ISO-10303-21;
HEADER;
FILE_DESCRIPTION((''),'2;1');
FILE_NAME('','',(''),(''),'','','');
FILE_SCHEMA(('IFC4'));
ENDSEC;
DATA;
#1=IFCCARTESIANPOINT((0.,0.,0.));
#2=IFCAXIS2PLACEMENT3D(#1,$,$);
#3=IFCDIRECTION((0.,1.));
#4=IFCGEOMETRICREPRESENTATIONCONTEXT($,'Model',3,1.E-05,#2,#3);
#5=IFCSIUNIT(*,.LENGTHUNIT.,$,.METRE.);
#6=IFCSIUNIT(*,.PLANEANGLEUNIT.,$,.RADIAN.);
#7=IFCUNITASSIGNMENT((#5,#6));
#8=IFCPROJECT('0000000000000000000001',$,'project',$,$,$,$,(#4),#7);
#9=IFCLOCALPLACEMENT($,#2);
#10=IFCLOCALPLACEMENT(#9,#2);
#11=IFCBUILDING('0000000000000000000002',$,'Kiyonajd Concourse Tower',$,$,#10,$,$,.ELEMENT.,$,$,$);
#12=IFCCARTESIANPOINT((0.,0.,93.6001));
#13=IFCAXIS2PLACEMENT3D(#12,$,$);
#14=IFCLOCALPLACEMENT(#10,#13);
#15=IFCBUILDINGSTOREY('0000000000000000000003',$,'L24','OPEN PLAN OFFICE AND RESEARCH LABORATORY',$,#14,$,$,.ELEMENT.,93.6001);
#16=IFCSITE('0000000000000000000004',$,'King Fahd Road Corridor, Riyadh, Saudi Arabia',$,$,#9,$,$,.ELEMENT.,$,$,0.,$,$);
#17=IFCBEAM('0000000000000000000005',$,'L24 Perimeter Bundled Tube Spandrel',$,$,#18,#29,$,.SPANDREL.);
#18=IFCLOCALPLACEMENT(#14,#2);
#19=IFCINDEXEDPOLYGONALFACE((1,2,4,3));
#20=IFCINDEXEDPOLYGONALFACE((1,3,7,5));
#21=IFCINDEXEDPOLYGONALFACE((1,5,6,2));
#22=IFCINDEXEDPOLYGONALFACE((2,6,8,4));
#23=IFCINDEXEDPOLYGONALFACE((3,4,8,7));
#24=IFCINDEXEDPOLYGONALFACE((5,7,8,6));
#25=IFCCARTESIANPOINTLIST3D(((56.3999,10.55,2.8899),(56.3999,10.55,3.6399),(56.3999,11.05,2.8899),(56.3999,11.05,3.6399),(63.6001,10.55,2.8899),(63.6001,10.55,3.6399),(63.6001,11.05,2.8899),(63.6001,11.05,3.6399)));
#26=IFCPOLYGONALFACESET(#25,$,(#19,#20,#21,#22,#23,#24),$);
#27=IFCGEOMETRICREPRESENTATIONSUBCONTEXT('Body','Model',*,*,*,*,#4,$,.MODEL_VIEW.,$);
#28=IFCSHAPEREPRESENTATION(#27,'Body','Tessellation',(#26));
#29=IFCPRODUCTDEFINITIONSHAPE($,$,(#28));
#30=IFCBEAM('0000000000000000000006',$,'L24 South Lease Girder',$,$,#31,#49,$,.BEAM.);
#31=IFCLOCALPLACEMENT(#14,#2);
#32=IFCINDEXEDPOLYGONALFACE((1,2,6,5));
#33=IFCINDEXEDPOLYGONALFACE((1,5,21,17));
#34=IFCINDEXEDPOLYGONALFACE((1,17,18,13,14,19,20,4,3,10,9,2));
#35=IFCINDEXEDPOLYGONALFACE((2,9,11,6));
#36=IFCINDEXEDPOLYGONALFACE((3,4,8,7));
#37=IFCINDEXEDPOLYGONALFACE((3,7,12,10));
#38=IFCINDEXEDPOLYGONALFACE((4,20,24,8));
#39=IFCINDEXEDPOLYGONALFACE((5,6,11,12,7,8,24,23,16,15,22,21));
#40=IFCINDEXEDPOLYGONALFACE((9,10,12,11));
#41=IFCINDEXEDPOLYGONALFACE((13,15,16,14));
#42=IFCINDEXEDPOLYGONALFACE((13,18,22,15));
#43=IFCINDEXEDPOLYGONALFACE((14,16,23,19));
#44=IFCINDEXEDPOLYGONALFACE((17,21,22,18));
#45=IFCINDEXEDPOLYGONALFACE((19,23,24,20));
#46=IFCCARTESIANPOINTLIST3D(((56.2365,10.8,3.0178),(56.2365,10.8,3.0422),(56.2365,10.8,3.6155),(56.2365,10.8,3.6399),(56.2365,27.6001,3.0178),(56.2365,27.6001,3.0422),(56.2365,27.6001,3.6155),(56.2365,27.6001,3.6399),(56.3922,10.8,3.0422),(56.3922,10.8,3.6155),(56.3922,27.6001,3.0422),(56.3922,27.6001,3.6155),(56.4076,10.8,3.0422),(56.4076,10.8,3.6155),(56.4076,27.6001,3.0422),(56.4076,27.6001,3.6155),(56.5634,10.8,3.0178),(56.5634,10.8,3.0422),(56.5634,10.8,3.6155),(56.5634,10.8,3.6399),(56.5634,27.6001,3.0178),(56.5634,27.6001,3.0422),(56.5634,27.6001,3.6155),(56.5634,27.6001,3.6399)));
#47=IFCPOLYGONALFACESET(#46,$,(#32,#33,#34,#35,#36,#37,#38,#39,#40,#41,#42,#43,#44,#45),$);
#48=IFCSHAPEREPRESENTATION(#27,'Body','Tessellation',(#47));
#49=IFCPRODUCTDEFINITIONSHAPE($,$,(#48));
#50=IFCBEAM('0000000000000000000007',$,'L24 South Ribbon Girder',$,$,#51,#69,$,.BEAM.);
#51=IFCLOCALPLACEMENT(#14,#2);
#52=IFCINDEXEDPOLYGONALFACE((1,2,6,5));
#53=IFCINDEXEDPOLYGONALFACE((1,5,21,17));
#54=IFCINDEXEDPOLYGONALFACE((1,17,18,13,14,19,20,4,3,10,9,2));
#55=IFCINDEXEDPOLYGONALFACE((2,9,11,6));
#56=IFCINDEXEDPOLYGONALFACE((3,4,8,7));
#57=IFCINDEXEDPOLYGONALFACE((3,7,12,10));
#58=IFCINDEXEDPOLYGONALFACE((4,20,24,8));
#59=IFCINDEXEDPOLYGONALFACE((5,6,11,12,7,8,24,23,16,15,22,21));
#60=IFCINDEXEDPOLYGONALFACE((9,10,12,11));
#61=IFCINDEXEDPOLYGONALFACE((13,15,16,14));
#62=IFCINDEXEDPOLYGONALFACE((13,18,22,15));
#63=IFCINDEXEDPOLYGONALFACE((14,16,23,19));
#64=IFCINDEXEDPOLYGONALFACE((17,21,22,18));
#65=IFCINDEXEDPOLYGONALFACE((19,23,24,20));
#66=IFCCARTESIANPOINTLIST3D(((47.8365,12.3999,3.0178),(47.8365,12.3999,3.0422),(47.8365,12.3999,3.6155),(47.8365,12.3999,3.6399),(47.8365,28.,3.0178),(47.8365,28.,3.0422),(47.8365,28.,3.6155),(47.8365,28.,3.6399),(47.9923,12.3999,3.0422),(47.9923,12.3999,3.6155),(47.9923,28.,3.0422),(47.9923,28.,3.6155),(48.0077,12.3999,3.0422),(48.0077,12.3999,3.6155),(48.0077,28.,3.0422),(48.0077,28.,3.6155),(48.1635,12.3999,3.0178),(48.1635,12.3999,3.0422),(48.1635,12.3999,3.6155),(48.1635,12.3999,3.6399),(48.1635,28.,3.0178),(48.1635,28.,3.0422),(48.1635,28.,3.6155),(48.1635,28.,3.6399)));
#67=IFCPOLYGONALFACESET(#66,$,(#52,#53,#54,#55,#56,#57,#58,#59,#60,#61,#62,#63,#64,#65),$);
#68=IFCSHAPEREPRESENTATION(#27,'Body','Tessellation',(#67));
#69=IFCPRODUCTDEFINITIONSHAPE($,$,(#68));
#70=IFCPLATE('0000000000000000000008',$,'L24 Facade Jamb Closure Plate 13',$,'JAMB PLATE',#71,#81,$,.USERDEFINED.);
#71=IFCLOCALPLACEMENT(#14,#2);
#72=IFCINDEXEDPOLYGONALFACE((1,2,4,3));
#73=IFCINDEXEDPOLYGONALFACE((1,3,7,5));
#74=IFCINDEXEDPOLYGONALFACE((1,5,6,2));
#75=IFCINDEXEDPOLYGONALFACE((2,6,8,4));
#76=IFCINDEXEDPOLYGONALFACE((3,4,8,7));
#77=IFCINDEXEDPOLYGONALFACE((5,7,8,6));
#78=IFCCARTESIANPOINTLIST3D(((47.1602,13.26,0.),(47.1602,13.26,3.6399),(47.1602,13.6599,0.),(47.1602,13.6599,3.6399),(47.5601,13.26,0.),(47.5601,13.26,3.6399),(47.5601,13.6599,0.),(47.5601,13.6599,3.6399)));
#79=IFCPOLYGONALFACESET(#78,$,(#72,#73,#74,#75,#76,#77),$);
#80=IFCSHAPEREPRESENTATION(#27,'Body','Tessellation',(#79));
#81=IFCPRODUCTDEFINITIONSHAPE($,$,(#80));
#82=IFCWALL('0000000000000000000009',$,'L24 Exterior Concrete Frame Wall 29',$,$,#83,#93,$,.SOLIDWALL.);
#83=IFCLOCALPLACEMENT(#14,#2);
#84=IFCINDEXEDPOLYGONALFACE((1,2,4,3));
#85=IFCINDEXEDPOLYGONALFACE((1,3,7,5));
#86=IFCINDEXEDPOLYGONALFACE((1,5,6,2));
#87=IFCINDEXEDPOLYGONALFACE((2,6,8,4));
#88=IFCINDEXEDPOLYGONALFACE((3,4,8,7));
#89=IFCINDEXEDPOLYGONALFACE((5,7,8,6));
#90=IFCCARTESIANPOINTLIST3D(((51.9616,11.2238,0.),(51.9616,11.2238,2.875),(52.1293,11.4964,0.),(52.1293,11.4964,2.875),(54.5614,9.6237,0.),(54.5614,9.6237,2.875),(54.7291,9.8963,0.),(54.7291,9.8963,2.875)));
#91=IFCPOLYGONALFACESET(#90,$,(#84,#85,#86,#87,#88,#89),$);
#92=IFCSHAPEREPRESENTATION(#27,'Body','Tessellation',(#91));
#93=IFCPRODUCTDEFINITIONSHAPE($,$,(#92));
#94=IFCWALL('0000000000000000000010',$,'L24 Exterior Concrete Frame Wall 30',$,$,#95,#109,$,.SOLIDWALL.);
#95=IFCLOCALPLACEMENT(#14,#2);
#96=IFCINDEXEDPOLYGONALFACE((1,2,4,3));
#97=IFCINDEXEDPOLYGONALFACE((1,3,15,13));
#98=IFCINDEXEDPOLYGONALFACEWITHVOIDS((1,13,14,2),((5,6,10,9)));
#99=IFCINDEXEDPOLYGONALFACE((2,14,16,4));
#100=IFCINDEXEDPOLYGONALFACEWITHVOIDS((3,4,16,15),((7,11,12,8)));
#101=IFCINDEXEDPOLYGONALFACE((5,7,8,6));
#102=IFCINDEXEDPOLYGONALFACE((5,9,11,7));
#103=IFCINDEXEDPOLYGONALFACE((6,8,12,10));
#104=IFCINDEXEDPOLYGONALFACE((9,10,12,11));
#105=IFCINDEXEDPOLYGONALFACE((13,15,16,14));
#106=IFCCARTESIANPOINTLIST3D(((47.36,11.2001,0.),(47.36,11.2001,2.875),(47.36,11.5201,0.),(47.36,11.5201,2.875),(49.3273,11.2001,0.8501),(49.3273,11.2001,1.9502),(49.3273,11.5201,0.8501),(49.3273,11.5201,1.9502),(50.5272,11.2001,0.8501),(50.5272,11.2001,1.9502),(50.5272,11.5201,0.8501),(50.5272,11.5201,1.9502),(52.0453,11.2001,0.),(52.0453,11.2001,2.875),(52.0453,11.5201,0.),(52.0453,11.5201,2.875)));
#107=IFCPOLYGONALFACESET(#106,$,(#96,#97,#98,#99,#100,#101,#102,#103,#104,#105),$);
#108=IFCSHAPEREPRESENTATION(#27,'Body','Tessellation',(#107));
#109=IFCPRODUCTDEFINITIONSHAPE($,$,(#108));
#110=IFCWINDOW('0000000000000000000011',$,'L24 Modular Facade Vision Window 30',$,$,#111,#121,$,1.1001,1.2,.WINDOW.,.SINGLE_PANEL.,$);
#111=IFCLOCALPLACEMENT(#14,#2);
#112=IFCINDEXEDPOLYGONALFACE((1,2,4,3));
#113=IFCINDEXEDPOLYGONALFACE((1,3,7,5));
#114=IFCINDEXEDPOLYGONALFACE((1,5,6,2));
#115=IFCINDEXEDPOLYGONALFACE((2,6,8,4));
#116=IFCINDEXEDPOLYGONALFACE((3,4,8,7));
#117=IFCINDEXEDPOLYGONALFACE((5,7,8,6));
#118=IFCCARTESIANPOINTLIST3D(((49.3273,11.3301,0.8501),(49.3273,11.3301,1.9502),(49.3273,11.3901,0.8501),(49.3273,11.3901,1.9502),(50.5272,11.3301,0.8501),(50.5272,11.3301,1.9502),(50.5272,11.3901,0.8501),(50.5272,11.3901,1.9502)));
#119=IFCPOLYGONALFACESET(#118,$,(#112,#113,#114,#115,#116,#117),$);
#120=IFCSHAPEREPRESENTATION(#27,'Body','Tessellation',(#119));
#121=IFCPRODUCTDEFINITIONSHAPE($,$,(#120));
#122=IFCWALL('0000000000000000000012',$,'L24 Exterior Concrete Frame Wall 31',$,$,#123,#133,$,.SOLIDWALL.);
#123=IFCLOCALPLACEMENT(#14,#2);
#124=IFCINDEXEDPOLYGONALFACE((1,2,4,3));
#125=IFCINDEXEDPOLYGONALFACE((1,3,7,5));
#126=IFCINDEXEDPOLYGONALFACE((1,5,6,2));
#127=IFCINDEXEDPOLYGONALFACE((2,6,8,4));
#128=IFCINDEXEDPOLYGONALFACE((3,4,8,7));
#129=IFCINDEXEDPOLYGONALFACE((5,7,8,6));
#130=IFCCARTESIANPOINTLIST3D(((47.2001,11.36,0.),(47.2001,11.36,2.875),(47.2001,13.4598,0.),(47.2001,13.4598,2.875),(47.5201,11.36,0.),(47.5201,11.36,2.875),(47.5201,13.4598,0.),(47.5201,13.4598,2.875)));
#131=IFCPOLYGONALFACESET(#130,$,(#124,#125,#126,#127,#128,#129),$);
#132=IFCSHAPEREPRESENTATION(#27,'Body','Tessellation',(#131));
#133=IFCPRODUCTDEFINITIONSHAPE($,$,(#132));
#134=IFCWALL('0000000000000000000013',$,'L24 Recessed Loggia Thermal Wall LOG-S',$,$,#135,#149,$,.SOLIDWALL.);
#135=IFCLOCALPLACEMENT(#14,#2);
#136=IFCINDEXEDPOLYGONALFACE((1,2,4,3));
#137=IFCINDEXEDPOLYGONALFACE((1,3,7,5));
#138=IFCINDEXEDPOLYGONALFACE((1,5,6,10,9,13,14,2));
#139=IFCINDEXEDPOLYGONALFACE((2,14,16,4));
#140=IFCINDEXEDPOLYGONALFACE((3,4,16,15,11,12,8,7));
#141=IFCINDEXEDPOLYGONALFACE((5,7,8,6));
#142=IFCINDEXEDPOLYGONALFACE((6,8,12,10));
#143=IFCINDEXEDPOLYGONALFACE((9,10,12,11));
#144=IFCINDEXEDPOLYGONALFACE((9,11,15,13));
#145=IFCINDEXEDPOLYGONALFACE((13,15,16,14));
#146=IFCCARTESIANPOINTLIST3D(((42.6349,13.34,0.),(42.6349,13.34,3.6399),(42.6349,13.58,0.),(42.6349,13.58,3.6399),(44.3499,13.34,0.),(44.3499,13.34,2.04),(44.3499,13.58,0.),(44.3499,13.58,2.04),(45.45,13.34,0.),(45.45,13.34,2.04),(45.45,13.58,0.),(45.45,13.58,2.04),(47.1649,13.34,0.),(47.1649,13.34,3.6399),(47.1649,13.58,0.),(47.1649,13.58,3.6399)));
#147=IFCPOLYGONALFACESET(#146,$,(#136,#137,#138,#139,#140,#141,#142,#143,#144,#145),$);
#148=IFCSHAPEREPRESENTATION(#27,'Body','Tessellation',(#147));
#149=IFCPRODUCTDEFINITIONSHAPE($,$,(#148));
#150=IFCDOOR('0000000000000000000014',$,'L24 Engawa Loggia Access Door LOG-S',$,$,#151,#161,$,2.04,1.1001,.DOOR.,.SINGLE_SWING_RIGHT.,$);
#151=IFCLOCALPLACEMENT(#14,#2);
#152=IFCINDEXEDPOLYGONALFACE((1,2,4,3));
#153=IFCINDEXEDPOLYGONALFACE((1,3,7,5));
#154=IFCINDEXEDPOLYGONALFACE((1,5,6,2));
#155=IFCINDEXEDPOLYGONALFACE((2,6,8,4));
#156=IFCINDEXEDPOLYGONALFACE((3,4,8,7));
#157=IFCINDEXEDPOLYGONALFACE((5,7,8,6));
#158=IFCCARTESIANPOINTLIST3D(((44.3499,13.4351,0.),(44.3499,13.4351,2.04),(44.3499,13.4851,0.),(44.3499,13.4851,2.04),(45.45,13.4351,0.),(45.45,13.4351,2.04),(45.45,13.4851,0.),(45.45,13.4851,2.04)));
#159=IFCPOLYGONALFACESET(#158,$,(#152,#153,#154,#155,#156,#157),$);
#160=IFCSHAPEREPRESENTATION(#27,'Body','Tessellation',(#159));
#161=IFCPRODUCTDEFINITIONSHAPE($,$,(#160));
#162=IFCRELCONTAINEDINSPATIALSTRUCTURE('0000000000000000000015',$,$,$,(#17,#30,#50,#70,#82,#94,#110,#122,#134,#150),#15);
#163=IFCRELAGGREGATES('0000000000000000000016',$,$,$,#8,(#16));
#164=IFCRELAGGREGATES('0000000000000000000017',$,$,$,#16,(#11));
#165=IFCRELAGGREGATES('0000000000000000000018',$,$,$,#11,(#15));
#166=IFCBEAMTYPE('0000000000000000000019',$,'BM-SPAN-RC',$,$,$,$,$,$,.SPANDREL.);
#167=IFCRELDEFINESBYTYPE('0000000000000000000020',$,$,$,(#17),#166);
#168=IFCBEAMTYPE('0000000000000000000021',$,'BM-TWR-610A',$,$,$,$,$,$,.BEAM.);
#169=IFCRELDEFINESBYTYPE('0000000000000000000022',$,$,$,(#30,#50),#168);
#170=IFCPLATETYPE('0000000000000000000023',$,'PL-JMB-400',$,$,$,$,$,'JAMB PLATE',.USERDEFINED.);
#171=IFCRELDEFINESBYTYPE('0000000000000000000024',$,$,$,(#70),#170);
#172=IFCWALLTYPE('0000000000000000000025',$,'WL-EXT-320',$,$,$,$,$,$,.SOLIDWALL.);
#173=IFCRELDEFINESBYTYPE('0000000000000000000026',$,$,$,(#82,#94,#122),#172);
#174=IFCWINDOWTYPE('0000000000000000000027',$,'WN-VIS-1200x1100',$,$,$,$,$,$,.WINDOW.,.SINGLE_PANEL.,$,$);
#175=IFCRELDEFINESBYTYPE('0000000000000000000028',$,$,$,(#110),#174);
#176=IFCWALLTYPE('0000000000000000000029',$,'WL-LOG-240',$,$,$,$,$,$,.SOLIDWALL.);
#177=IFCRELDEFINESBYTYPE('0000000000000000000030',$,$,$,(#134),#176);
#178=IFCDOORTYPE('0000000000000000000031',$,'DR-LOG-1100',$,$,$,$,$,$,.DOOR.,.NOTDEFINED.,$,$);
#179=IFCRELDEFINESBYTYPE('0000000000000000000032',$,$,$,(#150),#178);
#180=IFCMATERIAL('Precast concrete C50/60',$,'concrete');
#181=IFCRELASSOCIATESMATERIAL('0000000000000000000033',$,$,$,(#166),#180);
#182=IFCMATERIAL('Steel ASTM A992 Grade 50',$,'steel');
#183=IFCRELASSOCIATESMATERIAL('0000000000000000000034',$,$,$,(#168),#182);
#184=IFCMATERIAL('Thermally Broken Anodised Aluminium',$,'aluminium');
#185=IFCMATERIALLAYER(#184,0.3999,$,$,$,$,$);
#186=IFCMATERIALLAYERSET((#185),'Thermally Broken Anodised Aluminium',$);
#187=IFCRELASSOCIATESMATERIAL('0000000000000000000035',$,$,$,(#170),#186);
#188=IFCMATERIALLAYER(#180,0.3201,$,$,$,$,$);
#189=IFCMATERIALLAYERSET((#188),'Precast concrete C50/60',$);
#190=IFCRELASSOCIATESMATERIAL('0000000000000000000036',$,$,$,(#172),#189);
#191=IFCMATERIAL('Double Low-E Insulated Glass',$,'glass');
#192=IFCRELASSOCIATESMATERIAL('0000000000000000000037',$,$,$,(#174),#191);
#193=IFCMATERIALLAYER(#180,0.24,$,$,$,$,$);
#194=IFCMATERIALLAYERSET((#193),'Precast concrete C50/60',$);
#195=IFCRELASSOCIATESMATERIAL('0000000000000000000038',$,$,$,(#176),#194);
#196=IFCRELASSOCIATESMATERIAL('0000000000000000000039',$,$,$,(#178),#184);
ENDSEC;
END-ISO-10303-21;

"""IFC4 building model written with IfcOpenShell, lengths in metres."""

from ifc_helpers import new_model, si_unit, direction, frame, frame_2d, origin, origin_2d, place, context, subcontext, project, spatial, rectangle, i_section, extrude, material, layer, layer_set, material_profile, profile_set, type_object, element, fill, save


model = new_model("IFC4")

# Units and contexts
model_context = context("Model", 3, precision=1e-05, world=origin(), true_north=direction((0.0, 1.0)))
body_context = subcontext(model_context, "Body", "Model", "MODEL_VIEW")
ifc_project = project(units=[si_unit("LENGTHUNIT", "METRE"), si_unit("PLANEANGLEUNIT", "RADIAN")], contexts=[model_context])

# Site, building, storey
site_placement = place(None, origin())
site = spatial("IfcSite", under=ifc_project, at=site_placement, Name="King Fahd Road Corridor, Riyadh, Saudi Arabia", CompositionType="ELEMENT", RefElevation=0.0)
building_placement = place(site_placement, origin())
building = spatial("IfcBuilding", under=site, at=building_placement, Name="Kiyonajd Concourse Tower", CompositionType="ELEMENT")
storey_placement = place(building_placement, frame((0.0, 0.0, 93.6001)))
storey = spatial("IfcBuildingStorey", under=building, at=storey_placement, Name="L24", Description="OPEN PLAN OFFICE AND RESEARCH LABORATORY", CompositionType="ELEMENT", Elevation=93.6001)

# Beams
ifc_material_1 = material(Name="Steel ASTM A992 Grade 50", Category="steel")
ifc_material_2 = material(Name="Precast concrete C50/60", Category="concrete")
ifc_material_profile_1 = material_profile(ifc_material_2, rectangle(XDim=0.5, YDim=0.75, at=origin_2d()), Name="RCBM-500x750")
ifc_profile_set_1 = profile_set([ifc_material_profile_1], Name="Precast concrete C50/60")
beam_type_1 = type_object("IfcBeamType", Name="BM-SPAN-RC", PredefinedType="SPANDREL", material=ifc_profile_set_1)
beam_1_placement = place(storey_placement, frame((56.3999, 10.8, 3.2649), z_axis=(1.0, 0.0, 0.0), x_axis=(0.0, 1.0, 0.0)))
element("IfcBeam", 1, at=beam_1_placement, inside=storey, type_object=beam_type_1, Name="L24 Perimeter Bundled Tube Spandrel", PredefinedType="SPANDREL", context=body_context, shape_type="SweptSolid", body=[
    extrude(rectangle(XDim=0.5, YDim=0.75, at=origin_2d()), origin(), (0.0, 0.0, 1.0), 7.2002),
])
ifc_material_profile_2 = material_profile(ifc_material_1, i_section(OverallWidth=0.3269, OverallDepth=0.6221, WebThickness=0.0154, FlangeThickness=0.0244, at=origin_2d()), Name="W610X195")
ifc_profile_set_2 = profile_set([ifc_material_profile_2], Name="Steel ASTM A992 Grade 50")
beam_type_2 = type_object("IfcBeamType", Name="BM-TWR-610A", PredefinedType="BEAM", material=ifc_profile_set_2)
beam_2_placement = place(storey_placement, frame((56.3999, 10.8, 3.3289), z_axis=(0.0, 1.0, 0.0), x_axis=(-1.0, 0.0, 0.0)))
element("IfcBeam", 2, at=beam_2_placement, inside=storey, type_object=beam_type_2, Name="L24 South Lease Girder", PredefinedType="BEAM", context=body_context, shape_type="SweptSolid", body=[
    extrude(i_section(OverallWidth=0.3269, OverallDepth=0.6221, WebThickness=0.0154, FlangeThickness=0.0244, at=origin_2d()), origin(), (0.0, 0.0, 1.0), 16.8),
])
beam_3_placement = place(storey_placement, frame((48.0, 12.3999, 3.3289), z_axis=(0.0, 1.0, 0.0), x_axis=(-1.0, 0.0, 0.0)))
element("IfcBeam", 3, at=beam_3_placement, inside=storey, type_object=beam_type_2, Name="L24 South Ribbon Girder", PredefinedType="BEAM", context=body_context, shape_type="SweptSolid", body=[
    extrude(i_section(OverallWidth=0.3269, OverallDepth=0.6221, WebThickness=0.0154, FlangeThickness=0.0244, at=origin_2d()), origin(), (0.0, 0.0, 1.0), 15.6001),
])

# Plate
ifc_material_3 = material(Name="Thermally Broken Anodised Aluminium", Category="aluminium")
ifc_layer_1 = layer(ifc_material_3, 0.3999)
ifc_layer_set_1 = layer_set([ifc_layer_1], Name="Thermally Broken Anodised Aluminium")
plate_type = type_object("IfcPlateType", Name="PL-JMB-400", ElementType="JAMB PLATE", PredefinedType="USERDEFINED", material=ifc_layer_set_1)
plate_placement = place(storey_placement, frame((47.3601, 13.46, 0.0), z_axis=(0.0, 0.0, 1.0), x_axis=(1.0, 0.0, 0.0)))
element("IfcPlate", 4, at=plate_placement, inside=storey, type_object=plate_type, Name="L24 Facade Jamb Closure Plate 13", ObjectType="JAMB PLATE", PredefinedType="USERDEFINED", context=body_context, shape_type="SweptSolid", body=[
    extrude(rectangle(XDim=0.3999, YDim=0.3999, at=origin_2d()), origin(), (0.0, 0.0, 1.0), 3.6399),
])

# Wall
ifc_layer_2 = layer(ifc_material_2, 0.3201)
ifc_layer_set_2 = layer_set([ifc_layer_2], Name="Precast concrete C50/60")
wall_type_1 = type_object("IfcWallType", Name="WL-EXT-320", PredefinedType="SOLIDWALL", material=ifc_layer_set_2)
wall_1_placement = place(storey_placement, frame((54.6453, 9.76, 0.0), z_axis=(0.0, 0.0, 1.0), x_axis=(-0.851631, 0.524142, 0.0)))
element("IfcWall", 5, at=wall_1_placement, inside=storey, type_object=wall_type_1, Name="L24 Exterior Concrete Frame Wall 29", PredefinedType="SOLIDWALL", context=body_context, shape_type="SweptSolid", body=[
    extrude(rectangle(XDim=3.0527, YDim=0.3201, at=frame_2d((1.5264, 0.0))), origin(), (0.0, 0.0, 1.0), 2.875),
])

# Wall, opening, window
wall_2_placement = place(storey_placement, frame((52.0454, 11.3601, 0.0), z_axis=(0.0, 0.0, 1.0), x_axis=(-1.0, 0.0, 0.0)))
wall_2 = element("IfcWall", 6, at=wall_2_placement, inside=storey, type_object=wall_type_1, Name="L24 Exterior Concrete Frame Wall 30", PredefinedType="SOLIDWALL", context=body_context, shape_type="SweptSolid", body=[
    extrude(rectangle(XDim=4.6853, YDim=0.3201, at=frame_2d((2.3428, 0.0))), origin(), (0.0, 0.0, 1.0), 2.875),
])
opening_1_placement = place(wall_2_placement, frame((1.5181, 0.0, 0.8501)))
opening_1 = element("IfcOpeningElement", 7, at=opening_1_placement, cuts=wall_2, PredefinedType="OPENING", context=body_context, shape_type="SweptSolid", body=[
    extrude(rectangle(XDim=1.2, YDim=1.1001, at=frame_2d((0.6001, 0.55))), frame((0.0, 0.1699, 0.0), z_axis=(0.0, -1.0, 0.0), x_axis=(1.0, 0.0, 0.0)), (0.0, 0.0, 1.0), 0.3401),
])
ifc_material_4 = material(Name="Double Low-E Insulated Glass", Category="glass")
window_type = type_object("IfcWindowType", Name="WN-VIS-1200x1100", PartitioningType="SINGLE_PANEL", PredefinedType="WINDOW", material=ifc_material_4)
window_placement = place(opening_1_placement, origin())
window = element("IfcWindow", 8, at=window_placement, inside=storey, type_object=window_type, Name="L24 Modular Facade Vision Window 30", OverallHeight=1.1001, OverallWidth=1.2, PartitioningType="SINGLE_PANEL", PredefinedType="WINDOW", context=body_context, shape_type="SweptSolid", body=[
    extrude(rectangle(XDim=1.2, YDim=1.1001, at=frame_2d((0.6001, 0.55))), frame((0.0, 0.03, 0.0), z_axis=(0.0, -1.0, 0.0), x_axis=(1.0, 0.0, 0.0)), (0.0, 0.0, 1.0), 0.0601),
])
fill(opening_1, window)

# Wall
wall_3_placement = place(storey_placement, frame((47.3601, 11.3601, 0.0), z_axis=(0.0, 0.0, 1.0), x_axis=(0.0, 1.0, 0.0)))
element("IfcWall", 9, at=wall_3_placement, inside=storey, type_object=wall_type_1, Name="L24 Exterior Concrete Frame Wall 31", PredefinedType="SOLIDWALL", context=body_context, shape_type="SweptSolid", body=[
    extrude(rectangle(XDim=2.0999, YDim=0.3201, at=frame_2d((1.0498, 0.0))), origin(), (0.0, 0.0, 1.0), 2.875),
])

# Wall, opening, door
ifc_layer_3 = layer(ifc_material_2, 0.24)
ifc_layer_set_3 = layer_set([ifc_layer_3], Name="Precast concrete C50/60")
wall_type_2 = type_object("IfcWallType", Name="WL-LOG-240", PredefinedType="SOLIDWALL", material=ifc_layer_set_3)
wall_4_placement = place(storey_placement, frame((47.165, 13.46, 0.0), z_axis=(0.0, 0.0, 1.0), x_axis=(-1.0, 0.0, 0.0)))
wall_4 = element("IfcWall", 10, at=wall_4_placement, inside=storey, type_object=wall_type_2, Name="L24 Recessed Loggia Thermal Wall LOG-S", PredefinedType="SOLIDWALL", context=body_context, shape_type="SweptSolid", body=[
    extrude(rectangle(XDim=4.53, YDim=0.24, at=frame_2d((2.2651, 0.0))), origin(), (0.0, 0.0, 1.0), 3.6399),
])
opening_2_placement = place(wall_4_placement, frame((1.7151, 0.0, 0.0)))
opening_2 = element("IfcOpeningElement", 11, at=opening_2_placement, cuts=wall_4, PredefinedType="OPENING", context=body_context, shape_type="SweptSolid", body=[
    extrude(rectangle(XDim=1.1001, YDim=2.04, at=frame_2d((0.55, 1.02))), frame((0.0, 0.1299, 0.0), z_axis=(0.0, -1.0, 0.0), x_axis=(1.0, 0.0, 0.0)), (0.0, 0.0, 1.0), 0.26),
])
door_type_1 = type_object("IfcDoorType", Name="DR-LOG-1100", OperationType="NOTDEFINED", PredefinedType="DOOR", material=ifc_material_3)
door_1_placement = place(opening_2_placement, origin())
door_1 = element("IfcDoor", 12, at=door_1_placement, inside=storey, type_object=door_type_1, Name="L24 Engawa Loggia Access Door LOG-S", OperationType="SINGLE_SWING_RIGHT", OverallHeight=2.04, OverallWidth=1.1001, PredefinedType="DOOR", context=body_context, shape_type="SweptSolid", body=[
    extrude(rectangle(XDim=1.1001, YDim=2.04, at=frame_2d((0.55, 1.02))), frame((0.0, 0.0249, 0.0), z_axis=(0.0, -1.0, 0.0), x_axis=(1.0, 0.0, 0.0)), (0.0, 0.0, 1.0), 0.05),
])
fill(opening_2, door_1)

save(model, "model.ifc")
